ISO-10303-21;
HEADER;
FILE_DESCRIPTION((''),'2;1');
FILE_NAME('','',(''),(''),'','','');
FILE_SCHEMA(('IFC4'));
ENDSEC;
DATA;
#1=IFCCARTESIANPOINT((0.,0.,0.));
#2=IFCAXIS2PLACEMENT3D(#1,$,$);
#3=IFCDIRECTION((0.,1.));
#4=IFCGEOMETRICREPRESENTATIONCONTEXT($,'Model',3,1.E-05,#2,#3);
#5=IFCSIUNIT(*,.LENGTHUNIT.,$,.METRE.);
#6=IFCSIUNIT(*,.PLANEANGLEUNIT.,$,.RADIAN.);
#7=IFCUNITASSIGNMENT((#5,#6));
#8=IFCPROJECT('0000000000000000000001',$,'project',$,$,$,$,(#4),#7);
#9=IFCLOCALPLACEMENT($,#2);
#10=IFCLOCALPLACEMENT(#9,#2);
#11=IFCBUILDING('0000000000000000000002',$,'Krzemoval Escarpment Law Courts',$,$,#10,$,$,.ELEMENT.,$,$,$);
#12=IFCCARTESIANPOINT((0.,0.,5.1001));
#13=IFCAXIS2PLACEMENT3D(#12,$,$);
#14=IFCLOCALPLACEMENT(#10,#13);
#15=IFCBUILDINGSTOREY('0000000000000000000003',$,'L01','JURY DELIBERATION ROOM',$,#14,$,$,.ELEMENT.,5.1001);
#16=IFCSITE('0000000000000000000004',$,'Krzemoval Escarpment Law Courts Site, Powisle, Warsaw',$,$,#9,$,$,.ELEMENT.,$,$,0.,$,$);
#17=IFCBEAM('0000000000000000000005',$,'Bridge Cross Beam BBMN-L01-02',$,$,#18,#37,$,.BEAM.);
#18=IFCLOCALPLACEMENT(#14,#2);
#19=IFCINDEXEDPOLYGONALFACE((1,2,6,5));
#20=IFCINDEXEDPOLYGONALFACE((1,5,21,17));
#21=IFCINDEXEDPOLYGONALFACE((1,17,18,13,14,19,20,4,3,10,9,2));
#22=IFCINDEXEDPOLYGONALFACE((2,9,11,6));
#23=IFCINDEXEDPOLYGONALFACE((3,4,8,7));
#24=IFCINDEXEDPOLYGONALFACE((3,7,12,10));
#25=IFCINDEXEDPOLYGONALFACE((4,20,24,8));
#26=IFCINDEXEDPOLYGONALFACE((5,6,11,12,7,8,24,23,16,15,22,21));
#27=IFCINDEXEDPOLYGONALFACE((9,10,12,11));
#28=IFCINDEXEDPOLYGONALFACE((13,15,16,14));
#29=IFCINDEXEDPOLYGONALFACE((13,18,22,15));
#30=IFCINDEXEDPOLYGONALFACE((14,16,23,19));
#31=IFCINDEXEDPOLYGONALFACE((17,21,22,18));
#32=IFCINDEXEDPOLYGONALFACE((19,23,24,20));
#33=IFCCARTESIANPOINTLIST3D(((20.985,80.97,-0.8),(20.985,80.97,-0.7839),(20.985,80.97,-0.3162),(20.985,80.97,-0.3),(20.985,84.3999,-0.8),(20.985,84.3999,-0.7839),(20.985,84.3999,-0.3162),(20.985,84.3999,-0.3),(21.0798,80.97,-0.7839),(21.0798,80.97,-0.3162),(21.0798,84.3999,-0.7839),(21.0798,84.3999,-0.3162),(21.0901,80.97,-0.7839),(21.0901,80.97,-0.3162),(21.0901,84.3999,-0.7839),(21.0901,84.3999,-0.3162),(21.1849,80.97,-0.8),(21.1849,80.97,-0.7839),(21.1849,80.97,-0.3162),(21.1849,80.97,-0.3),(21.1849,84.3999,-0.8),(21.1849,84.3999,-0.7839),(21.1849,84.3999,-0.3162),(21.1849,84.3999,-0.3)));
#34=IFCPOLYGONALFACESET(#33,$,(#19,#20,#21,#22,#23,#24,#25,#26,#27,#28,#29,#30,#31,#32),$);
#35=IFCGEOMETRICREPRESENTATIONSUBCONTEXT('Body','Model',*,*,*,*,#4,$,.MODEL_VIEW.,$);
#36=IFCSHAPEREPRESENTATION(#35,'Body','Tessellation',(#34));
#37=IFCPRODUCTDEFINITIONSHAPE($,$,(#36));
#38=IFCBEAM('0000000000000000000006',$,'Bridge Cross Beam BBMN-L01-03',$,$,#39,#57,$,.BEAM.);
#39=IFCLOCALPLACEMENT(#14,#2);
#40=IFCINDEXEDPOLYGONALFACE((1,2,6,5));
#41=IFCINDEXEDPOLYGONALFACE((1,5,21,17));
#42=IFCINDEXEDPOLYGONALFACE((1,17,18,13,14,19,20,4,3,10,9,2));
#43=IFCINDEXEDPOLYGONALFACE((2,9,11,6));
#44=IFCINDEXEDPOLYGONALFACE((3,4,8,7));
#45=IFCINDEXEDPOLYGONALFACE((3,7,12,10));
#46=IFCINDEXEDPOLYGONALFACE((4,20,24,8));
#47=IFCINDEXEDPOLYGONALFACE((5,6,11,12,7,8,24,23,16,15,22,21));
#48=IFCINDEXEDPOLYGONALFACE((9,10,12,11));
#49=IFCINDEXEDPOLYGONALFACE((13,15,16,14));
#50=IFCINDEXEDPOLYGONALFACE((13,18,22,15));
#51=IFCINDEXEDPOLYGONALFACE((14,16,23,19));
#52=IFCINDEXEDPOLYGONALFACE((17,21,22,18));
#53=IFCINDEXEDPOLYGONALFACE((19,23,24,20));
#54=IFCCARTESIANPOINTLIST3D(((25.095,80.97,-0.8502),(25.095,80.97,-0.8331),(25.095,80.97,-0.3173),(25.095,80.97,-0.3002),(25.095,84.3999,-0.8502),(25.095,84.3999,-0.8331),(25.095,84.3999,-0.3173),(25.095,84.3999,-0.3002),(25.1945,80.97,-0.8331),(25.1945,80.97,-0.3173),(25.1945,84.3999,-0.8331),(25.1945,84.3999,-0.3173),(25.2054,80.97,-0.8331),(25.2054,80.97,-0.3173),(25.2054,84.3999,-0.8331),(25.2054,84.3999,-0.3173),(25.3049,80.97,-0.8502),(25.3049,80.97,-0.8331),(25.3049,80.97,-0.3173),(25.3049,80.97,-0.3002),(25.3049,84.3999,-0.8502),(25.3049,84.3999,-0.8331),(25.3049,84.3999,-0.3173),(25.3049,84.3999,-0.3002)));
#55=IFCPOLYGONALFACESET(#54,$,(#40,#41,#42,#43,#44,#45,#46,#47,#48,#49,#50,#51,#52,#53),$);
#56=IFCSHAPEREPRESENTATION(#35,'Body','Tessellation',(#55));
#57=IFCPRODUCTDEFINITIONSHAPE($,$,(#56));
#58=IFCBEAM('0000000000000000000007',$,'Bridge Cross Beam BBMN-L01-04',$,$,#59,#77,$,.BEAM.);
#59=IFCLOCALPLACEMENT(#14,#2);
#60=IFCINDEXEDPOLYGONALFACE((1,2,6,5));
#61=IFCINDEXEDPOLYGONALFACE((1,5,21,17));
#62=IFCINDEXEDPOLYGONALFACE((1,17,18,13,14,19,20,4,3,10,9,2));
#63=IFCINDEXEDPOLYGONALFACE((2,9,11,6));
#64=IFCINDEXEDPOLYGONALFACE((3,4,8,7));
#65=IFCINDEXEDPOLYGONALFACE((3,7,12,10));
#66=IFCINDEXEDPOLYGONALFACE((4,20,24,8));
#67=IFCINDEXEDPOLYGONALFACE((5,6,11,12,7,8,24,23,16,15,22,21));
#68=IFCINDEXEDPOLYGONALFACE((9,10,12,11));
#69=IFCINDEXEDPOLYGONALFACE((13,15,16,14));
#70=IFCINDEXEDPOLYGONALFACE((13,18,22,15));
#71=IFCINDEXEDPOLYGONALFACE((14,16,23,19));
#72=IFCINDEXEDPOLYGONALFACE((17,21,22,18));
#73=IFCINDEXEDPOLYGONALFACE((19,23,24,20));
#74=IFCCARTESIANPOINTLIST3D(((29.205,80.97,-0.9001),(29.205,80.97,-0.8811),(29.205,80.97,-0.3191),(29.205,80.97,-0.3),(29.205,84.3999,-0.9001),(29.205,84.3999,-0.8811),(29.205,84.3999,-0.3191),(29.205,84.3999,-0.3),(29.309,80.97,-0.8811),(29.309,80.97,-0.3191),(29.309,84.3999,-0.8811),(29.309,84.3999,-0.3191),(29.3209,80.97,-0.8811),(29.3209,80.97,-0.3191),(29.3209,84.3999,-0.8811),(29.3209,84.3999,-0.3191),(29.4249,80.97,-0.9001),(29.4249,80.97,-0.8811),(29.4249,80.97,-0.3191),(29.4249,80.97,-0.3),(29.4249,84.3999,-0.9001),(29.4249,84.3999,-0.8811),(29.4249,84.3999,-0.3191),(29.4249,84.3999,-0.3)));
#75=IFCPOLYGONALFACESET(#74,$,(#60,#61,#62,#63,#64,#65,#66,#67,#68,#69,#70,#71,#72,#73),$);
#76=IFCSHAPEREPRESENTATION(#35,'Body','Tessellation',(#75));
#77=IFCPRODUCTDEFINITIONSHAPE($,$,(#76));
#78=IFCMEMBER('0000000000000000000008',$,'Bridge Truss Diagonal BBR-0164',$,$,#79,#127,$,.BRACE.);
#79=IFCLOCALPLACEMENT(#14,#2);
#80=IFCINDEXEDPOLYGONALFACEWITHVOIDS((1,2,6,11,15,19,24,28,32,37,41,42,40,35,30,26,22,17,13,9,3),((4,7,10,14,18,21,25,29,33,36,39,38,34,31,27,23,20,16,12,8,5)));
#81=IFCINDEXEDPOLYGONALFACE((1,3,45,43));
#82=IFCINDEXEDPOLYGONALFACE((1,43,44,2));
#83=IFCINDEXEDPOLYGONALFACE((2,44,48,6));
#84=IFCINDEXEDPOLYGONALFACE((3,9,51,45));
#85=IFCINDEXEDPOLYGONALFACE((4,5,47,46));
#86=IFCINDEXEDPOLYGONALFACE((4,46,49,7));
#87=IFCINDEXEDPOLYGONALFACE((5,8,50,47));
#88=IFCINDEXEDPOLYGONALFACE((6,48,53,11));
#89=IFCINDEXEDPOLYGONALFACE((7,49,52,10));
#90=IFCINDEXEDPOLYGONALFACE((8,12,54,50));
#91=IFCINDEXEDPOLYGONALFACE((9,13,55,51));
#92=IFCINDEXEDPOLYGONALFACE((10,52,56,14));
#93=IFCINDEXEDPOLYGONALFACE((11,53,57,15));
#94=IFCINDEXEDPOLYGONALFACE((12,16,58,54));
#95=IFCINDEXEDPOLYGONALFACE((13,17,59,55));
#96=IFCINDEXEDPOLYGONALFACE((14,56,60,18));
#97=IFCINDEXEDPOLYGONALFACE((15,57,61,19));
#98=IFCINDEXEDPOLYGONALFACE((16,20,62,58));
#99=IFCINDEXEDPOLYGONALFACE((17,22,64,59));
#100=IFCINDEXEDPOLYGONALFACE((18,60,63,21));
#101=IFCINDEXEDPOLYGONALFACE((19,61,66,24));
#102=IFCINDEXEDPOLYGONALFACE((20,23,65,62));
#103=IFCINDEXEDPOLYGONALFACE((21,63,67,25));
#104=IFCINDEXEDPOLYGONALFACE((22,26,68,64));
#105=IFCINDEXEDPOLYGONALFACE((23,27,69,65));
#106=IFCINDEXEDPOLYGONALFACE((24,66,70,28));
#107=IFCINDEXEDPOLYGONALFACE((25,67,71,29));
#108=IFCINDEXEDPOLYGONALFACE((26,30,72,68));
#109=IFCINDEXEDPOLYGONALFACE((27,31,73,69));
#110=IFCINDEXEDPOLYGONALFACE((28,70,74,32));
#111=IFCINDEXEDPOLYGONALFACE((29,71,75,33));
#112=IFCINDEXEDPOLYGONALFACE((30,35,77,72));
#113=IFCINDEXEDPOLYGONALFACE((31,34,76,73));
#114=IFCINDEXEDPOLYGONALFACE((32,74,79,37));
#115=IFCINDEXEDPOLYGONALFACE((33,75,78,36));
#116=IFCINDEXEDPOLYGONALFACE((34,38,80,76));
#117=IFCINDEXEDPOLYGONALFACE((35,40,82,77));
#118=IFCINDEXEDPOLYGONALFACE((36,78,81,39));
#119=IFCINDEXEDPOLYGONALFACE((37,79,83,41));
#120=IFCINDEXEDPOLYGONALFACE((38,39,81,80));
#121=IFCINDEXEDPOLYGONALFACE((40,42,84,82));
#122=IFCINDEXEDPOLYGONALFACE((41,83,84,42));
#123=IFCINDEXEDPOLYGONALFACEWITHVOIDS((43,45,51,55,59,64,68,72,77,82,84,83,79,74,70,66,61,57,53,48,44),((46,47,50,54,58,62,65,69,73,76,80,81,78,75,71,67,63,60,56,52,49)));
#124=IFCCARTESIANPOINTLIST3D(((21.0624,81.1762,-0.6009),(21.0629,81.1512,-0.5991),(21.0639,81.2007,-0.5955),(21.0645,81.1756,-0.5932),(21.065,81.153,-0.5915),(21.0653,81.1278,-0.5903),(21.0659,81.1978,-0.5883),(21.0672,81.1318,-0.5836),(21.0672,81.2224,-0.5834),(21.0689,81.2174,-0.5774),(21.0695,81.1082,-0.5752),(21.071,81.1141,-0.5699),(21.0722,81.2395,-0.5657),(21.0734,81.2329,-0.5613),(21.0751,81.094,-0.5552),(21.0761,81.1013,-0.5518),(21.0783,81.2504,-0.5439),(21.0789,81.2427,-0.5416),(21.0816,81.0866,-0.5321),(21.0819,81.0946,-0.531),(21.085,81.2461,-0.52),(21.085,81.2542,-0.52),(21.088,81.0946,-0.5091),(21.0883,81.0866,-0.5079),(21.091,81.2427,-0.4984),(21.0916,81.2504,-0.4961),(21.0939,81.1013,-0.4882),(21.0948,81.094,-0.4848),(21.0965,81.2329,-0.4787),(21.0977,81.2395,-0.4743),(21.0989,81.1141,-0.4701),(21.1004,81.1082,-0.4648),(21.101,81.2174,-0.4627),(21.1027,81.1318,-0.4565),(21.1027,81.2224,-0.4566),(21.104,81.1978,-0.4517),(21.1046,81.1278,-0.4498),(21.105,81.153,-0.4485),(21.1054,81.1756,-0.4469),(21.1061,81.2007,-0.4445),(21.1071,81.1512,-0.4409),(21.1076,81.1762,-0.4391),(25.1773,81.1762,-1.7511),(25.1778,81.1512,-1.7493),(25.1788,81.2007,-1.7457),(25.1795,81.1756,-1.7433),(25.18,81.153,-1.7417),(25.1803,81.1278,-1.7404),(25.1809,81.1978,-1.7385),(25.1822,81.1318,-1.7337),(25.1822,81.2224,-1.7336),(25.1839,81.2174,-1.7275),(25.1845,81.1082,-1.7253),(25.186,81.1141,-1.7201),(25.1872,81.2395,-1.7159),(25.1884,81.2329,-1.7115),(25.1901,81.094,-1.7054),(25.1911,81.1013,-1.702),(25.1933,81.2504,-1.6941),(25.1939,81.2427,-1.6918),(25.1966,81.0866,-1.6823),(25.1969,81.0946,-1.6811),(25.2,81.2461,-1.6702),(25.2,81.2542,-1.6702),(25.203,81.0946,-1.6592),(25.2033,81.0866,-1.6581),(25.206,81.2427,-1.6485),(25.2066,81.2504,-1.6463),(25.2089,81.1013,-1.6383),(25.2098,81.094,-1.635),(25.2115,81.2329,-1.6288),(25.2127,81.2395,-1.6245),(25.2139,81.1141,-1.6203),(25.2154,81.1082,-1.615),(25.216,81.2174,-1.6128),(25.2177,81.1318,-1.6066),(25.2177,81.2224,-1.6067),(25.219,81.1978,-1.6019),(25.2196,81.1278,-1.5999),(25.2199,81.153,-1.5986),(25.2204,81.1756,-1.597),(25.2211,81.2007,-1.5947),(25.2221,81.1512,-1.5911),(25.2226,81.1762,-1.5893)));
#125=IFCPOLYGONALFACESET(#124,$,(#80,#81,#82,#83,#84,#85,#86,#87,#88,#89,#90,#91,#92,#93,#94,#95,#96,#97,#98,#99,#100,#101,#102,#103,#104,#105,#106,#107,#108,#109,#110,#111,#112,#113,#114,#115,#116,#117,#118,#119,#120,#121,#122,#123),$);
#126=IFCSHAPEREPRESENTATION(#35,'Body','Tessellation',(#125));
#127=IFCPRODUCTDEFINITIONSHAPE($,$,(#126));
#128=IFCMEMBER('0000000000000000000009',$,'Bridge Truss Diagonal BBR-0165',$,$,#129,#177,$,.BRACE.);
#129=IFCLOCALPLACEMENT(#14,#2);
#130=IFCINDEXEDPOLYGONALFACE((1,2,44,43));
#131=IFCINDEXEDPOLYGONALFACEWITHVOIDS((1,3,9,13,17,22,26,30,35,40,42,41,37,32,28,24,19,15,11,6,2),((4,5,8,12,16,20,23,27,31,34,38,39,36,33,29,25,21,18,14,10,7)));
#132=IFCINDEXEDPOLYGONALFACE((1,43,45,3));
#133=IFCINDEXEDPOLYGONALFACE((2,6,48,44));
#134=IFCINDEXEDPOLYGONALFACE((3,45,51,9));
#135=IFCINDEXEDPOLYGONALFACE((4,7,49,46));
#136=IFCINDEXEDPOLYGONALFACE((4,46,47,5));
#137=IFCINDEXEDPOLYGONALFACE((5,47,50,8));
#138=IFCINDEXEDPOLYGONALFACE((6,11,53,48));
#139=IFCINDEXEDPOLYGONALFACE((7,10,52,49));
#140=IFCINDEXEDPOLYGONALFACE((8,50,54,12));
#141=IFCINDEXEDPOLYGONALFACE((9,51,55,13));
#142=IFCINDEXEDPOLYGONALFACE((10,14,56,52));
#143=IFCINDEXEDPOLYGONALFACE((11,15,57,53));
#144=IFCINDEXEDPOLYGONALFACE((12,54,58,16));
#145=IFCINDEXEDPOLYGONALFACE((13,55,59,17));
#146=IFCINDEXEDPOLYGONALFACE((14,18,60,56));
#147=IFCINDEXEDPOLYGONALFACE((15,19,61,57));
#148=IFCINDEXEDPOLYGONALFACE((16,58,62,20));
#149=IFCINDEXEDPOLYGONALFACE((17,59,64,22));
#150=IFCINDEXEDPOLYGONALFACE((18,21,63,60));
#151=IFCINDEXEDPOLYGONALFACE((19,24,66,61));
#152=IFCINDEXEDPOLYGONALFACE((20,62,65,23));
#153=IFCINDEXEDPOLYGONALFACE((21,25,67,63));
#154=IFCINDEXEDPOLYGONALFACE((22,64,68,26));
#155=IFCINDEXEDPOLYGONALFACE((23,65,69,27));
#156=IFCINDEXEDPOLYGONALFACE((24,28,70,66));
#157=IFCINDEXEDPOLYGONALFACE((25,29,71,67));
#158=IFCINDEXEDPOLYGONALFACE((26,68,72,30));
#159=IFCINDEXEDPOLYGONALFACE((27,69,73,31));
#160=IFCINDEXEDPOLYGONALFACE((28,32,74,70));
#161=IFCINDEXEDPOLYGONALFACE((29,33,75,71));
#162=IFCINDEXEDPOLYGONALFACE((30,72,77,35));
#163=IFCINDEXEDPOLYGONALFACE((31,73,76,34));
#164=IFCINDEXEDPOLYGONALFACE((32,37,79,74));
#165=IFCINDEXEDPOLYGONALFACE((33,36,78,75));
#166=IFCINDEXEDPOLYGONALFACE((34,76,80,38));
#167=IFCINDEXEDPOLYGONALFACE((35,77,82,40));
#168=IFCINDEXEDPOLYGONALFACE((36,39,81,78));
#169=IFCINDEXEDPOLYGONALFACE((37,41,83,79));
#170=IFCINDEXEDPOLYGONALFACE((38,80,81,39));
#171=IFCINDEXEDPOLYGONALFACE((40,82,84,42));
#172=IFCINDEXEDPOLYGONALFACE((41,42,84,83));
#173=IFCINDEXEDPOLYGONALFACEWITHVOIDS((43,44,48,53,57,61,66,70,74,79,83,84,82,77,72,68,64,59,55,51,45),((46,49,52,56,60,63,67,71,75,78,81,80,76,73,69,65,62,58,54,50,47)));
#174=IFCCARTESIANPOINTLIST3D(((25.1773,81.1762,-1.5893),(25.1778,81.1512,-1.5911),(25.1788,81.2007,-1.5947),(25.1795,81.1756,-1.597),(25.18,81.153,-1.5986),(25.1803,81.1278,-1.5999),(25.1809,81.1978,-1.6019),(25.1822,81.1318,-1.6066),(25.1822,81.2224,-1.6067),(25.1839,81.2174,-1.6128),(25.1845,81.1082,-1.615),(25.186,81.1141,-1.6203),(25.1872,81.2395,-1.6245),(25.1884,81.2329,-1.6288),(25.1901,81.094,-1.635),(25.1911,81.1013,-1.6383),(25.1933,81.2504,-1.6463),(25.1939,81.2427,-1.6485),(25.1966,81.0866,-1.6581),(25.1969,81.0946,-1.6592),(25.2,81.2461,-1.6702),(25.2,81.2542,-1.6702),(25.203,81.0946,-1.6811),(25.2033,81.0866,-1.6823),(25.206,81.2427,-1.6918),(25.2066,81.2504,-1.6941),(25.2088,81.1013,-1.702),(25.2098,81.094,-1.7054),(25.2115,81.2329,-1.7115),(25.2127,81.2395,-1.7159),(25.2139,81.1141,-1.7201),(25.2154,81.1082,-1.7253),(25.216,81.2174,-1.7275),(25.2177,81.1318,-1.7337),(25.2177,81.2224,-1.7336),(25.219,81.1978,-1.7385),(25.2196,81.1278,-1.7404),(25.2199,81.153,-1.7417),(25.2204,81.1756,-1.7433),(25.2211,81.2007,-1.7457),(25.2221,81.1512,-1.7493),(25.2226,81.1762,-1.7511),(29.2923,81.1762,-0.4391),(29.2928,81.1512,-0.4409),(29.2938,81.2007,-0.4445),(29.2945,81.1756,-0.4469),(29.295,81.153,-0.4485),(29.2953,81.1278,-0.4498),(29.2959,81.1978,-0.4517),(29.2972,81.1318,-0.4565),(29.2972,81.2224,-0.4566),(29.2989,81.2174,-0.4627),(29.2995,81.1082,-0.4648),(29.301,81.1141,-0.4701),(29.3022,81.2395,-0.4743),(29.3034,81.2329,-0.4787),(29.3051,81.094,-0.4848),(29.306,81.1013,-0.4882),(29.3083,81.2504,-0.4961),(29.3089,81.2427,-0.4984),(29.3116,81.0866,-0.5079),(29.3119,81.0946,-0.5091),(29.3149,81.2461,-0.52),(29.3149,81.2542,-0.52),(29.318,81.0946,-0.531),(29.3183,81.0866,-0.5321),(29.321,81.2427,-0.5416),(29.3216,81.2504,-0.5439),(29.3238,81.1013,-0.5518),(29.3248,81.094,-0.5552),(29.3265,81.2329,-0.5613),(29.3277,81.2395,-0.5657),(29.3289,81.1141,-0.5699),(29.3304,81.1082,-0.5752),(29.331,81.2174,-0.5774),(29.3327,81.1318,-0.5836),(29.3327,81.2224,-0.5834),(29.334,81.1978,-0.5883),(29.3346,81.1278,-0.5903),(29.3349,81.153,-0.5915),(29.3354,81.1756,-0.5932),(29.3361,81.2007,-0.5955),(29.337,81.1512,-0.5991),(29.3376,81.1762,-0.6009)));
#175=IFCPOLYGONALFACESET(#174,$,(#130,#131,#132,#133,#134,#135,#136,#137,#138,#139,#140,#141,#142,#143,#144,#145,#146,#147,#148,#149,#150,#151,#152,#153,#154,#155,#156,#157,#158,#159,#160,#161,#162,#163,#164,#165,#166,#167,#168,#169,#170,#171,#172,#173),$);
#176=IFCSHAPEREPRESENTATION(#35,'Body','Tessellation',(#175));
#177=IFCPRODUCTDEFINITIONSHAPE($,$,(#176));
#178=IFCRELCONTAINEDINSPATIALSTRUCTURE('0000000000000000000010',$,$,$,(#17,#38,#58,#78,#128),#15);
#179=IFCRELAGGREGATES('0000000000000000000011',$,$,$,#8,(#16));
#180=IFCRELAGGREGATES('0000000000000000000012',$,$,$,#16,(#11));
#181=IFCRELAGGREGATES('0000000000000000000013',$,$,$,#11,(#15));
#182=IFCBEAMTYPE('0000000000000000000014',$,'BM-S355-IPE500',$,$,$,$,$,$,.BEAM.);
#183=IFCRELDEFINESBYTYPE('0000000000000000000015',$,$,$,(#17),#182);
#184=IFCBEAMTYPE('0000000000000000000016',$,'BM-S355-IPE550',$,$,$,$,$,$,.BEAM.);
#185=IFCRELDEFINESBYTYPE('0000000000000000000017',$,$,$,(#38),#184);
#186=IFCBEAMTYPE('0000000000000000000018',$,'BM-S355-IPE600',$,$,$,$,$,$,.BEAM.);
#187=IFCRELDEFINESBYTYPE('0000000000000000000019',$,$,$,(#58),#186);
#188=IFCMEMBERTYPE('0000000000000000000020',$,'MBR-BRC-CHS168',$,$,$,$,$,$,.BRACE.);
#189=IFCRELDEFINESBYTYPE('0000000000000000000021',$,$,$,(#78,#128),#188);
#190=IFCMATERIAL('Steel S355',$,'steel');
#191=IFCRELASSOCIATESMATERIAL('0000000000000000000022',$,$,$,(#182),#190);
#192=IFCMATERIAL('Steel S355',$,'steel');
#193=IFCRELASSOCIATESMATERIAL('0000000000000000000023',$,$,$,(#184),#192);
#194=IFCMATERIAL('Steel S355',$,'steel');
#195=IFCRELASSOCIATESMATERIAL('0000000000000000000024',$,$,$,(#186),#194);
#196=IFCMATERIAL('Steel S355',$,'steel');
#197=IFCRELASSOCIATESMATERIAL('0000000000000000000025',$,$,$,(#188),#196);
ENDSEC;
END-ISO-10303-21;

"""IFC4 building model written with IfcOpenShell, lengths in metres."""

from ifc_helpers import new_model, si_unit, direction, frame, origin, origin_2d, place, context, subcontext, project, spatial, hollow_circle, i_section, extrude, material, material_profile, profile_set, type_object, element, save


model = new_model("IFC4")

# Units and contexts
model_context = context("Model", 3, precision=1e-05, world=origin(), true_north=direction((0.0, 1.0)))
body_context = subcontext(model_context, "Body", "Model", "MODEL_VIEW")
ifc_project = project(units=[si_unit("LENGTHUNIT", "METRE"), si_unit("PLANEANGLEUNIT", "RADIAN")], contexts=[model_context])

# Site, building, storey
site_placement = place(None, origin())
site = spatial("IfcSite", under=ifc_project, at=site_placement, Name="Krzemoval Escarpment Law Courts Site, Powisle, Warsaw", CompositionType="ELEMENT", RefElevation=0.0)
building_placement = place(site_placement, origin())
building = spatial("IfcBuilding", under=site, at=building_placement, Name="Krzemoval Escarpment Law Courts", CompositionType="ELEMENT")
storey_placement = place(building_placement, frame((0.0, 0.0, 5.1001)))
storey = spatial("IfcBuildingStorey", under=building, at=storey_placement, Name="L01", Description="JURY DELIBERATION ROOM", CompositionType="ELEMENT", Elevation=5.1001)

# Beams
ifc_material_1 = material(Name="Steel S355", Category="steel")
ifc_material_profile_1 = material_profile(ifc_material_1, i_section(OverallWidth=0.2, OverallDepth=0.5, WebThickness=0.0103, FlangeThickness=0.0161, at=origin_2d()), Name="IPE 500")
ifc_profile_set_1 = profile_set([ifc_material_profile_1], Name="Steel S355")
beam_type_1 = type_object("IfcBeamType", Name="BM-S355-IPE500", PredefinedType="BEAM", material=ifc_profile_set_1)
beam_1_placement = place(storey_placement, frame((21.085, 80.97, -0.55), z_axis=(0.0, 1.0, 0.0), x_axis=(-1.0, 0.0, 0.0)))
element("IfcBeam", 1, at=beam_1_placement, inside=storey, type_object=beam_type_1, Name="Bridge Cross Beam BBMN-L01-02", PredefinedType="BEAM", context=body_context, shape_type="SweptSolid", body=[
    extrude(i_section(OverallWidth=0.2, OverallDepth=0.5, WebThickness=0.0103, FlangeThickness=0.0161, at=origin_2d()), origin(), (0.0, 0.0, 1.0), 3.4299),
])
ifc_material_2 = material(Name="Steel S355", Category="steel")
ifc_material_profile_2 = material_profile(ifc_material_2, i_section(OverallWidth=0.21, OverallDepth=0.55, WebThickness=0.011, FlangeThickness=0.0171, at=origin_2d()), Name="IPE 550")
ifc_profile_set_2 = profile_set([ifc_material_profile_2], Name="Steel S355")
beam_type_2 = type_object("IfcBeamType", Name="BM-S355-IPE550", PredefinedType="BEAM", material=ifc_profile_set_2)
beam_2_placement = place(storey_placement, frame((25.2, 80.97, -0.5752), z_axis=(0.0, 1.0, 0.0), x_axis=(-1.0, 0.0, 0.0)))
element("IfcBeam", 2, at=beam_2_placement, inside=storey, type_object=beam_type_2, Name="Bridge Cross Beam BBMN-L01-03", PredefinedType="BEAM", context=body_context, shape_type="SweptSolid", body=[
    extrude(i_section(OverallWidth=0.21, OverallDepth=0.55, WebThickness=0.011, FlangeThickness=0.0171, at=origin_2d()), origin(), (0.0, 0.0, 1.0), 3.4299),
])
ifc_material_3 = material(Name="Steel S355", Category="steel")
ifc_material_profile_3 = material_profile(ifc_material_3, i_section(OverallWidth=0.22, OverallDepth=0.6001, WebThickness=0.012, FlangeThickness=0.019, at=origin_2d()), Name="IPE 600")
ifc_profile_set_3 = profile_set([ifc_material_profile_3], Name="Steel S355")
beam_type_3 = type_object("IfcBeamType", Name="BM-S355-IPE600", PredefinedType="BEAM", material=ifc_profile_set_3)
beam_3_placement = place(storey_placement, frame((29.3149, 80.97, -0.6001), z_axis=(0.0, 1.0, 0.0), x_axis=(-1.0, 0.0, 0.0)))
element("IfcBeam", 3, at=beam_3_placement, inside=storey, type_object=beam_type_3, Name="Bridge Cross Beam BBMN-L01-04", PredefinedType="BEAM", context=body_context, shape_type="SweptSolid", body=[
    extrude(i_section(OverallWidth=0.22, OverallDepth=0.6001, WebThickness=0.012, FlangeThickness=0.019, at=origin_2d()), origin(), (0.0, 0.0, 1.0), 3.4299),
])

# Members
ifc_material_4 = material(Name="Steel S355", Category="steel")
ifc_material_profile_4 = material_profile(ifc_material_4, hollow_circle(Radius=0.0842, WallThickness=0.0081, at=origin_2d()), Name="CHS 168.3x8")
ifc_profile_set_4 = profile_set([ifc_material_profile_4], Name="Steel S355")
member_type_1 = type_object("IfcMemberType", Name="MBR-BRC-CHS168", PredefinedType="BRACE", material=ifc_profile_set_4)
for number, where, z_axis, x_axis, name in (
    (4, (21.085, 81.1699, -0.52), (0.963089, 0.0, -0.269185), (0.0, 1.0, 0.0), "Bridge Truss Diagonal BBR-0164"),
    (5, (25.2, 81.1699, -1.6702), (0.963089, 0.0, 0.269185), (0.0, 1.0, 0.0), "Bridge Truss Diagonal BBR-0165"),
):
    element("IfcMember", number, at=place(storey_placement, frame(where, z_axis=z_axis, x_axis=x_axis)), inside=storey, type_object=member_type_1, Name=name, PredefinedType="BRACE", context=body_context, shape_type="SweptSolid", body=[
        extrude(hollow_circle(Radius=0.0842, WallThickness=0.0081, at=origin_2d()), origin(), (0.0, 0.0, 1.0), 4.2727),
    ])

save(model, "model.ifc")
